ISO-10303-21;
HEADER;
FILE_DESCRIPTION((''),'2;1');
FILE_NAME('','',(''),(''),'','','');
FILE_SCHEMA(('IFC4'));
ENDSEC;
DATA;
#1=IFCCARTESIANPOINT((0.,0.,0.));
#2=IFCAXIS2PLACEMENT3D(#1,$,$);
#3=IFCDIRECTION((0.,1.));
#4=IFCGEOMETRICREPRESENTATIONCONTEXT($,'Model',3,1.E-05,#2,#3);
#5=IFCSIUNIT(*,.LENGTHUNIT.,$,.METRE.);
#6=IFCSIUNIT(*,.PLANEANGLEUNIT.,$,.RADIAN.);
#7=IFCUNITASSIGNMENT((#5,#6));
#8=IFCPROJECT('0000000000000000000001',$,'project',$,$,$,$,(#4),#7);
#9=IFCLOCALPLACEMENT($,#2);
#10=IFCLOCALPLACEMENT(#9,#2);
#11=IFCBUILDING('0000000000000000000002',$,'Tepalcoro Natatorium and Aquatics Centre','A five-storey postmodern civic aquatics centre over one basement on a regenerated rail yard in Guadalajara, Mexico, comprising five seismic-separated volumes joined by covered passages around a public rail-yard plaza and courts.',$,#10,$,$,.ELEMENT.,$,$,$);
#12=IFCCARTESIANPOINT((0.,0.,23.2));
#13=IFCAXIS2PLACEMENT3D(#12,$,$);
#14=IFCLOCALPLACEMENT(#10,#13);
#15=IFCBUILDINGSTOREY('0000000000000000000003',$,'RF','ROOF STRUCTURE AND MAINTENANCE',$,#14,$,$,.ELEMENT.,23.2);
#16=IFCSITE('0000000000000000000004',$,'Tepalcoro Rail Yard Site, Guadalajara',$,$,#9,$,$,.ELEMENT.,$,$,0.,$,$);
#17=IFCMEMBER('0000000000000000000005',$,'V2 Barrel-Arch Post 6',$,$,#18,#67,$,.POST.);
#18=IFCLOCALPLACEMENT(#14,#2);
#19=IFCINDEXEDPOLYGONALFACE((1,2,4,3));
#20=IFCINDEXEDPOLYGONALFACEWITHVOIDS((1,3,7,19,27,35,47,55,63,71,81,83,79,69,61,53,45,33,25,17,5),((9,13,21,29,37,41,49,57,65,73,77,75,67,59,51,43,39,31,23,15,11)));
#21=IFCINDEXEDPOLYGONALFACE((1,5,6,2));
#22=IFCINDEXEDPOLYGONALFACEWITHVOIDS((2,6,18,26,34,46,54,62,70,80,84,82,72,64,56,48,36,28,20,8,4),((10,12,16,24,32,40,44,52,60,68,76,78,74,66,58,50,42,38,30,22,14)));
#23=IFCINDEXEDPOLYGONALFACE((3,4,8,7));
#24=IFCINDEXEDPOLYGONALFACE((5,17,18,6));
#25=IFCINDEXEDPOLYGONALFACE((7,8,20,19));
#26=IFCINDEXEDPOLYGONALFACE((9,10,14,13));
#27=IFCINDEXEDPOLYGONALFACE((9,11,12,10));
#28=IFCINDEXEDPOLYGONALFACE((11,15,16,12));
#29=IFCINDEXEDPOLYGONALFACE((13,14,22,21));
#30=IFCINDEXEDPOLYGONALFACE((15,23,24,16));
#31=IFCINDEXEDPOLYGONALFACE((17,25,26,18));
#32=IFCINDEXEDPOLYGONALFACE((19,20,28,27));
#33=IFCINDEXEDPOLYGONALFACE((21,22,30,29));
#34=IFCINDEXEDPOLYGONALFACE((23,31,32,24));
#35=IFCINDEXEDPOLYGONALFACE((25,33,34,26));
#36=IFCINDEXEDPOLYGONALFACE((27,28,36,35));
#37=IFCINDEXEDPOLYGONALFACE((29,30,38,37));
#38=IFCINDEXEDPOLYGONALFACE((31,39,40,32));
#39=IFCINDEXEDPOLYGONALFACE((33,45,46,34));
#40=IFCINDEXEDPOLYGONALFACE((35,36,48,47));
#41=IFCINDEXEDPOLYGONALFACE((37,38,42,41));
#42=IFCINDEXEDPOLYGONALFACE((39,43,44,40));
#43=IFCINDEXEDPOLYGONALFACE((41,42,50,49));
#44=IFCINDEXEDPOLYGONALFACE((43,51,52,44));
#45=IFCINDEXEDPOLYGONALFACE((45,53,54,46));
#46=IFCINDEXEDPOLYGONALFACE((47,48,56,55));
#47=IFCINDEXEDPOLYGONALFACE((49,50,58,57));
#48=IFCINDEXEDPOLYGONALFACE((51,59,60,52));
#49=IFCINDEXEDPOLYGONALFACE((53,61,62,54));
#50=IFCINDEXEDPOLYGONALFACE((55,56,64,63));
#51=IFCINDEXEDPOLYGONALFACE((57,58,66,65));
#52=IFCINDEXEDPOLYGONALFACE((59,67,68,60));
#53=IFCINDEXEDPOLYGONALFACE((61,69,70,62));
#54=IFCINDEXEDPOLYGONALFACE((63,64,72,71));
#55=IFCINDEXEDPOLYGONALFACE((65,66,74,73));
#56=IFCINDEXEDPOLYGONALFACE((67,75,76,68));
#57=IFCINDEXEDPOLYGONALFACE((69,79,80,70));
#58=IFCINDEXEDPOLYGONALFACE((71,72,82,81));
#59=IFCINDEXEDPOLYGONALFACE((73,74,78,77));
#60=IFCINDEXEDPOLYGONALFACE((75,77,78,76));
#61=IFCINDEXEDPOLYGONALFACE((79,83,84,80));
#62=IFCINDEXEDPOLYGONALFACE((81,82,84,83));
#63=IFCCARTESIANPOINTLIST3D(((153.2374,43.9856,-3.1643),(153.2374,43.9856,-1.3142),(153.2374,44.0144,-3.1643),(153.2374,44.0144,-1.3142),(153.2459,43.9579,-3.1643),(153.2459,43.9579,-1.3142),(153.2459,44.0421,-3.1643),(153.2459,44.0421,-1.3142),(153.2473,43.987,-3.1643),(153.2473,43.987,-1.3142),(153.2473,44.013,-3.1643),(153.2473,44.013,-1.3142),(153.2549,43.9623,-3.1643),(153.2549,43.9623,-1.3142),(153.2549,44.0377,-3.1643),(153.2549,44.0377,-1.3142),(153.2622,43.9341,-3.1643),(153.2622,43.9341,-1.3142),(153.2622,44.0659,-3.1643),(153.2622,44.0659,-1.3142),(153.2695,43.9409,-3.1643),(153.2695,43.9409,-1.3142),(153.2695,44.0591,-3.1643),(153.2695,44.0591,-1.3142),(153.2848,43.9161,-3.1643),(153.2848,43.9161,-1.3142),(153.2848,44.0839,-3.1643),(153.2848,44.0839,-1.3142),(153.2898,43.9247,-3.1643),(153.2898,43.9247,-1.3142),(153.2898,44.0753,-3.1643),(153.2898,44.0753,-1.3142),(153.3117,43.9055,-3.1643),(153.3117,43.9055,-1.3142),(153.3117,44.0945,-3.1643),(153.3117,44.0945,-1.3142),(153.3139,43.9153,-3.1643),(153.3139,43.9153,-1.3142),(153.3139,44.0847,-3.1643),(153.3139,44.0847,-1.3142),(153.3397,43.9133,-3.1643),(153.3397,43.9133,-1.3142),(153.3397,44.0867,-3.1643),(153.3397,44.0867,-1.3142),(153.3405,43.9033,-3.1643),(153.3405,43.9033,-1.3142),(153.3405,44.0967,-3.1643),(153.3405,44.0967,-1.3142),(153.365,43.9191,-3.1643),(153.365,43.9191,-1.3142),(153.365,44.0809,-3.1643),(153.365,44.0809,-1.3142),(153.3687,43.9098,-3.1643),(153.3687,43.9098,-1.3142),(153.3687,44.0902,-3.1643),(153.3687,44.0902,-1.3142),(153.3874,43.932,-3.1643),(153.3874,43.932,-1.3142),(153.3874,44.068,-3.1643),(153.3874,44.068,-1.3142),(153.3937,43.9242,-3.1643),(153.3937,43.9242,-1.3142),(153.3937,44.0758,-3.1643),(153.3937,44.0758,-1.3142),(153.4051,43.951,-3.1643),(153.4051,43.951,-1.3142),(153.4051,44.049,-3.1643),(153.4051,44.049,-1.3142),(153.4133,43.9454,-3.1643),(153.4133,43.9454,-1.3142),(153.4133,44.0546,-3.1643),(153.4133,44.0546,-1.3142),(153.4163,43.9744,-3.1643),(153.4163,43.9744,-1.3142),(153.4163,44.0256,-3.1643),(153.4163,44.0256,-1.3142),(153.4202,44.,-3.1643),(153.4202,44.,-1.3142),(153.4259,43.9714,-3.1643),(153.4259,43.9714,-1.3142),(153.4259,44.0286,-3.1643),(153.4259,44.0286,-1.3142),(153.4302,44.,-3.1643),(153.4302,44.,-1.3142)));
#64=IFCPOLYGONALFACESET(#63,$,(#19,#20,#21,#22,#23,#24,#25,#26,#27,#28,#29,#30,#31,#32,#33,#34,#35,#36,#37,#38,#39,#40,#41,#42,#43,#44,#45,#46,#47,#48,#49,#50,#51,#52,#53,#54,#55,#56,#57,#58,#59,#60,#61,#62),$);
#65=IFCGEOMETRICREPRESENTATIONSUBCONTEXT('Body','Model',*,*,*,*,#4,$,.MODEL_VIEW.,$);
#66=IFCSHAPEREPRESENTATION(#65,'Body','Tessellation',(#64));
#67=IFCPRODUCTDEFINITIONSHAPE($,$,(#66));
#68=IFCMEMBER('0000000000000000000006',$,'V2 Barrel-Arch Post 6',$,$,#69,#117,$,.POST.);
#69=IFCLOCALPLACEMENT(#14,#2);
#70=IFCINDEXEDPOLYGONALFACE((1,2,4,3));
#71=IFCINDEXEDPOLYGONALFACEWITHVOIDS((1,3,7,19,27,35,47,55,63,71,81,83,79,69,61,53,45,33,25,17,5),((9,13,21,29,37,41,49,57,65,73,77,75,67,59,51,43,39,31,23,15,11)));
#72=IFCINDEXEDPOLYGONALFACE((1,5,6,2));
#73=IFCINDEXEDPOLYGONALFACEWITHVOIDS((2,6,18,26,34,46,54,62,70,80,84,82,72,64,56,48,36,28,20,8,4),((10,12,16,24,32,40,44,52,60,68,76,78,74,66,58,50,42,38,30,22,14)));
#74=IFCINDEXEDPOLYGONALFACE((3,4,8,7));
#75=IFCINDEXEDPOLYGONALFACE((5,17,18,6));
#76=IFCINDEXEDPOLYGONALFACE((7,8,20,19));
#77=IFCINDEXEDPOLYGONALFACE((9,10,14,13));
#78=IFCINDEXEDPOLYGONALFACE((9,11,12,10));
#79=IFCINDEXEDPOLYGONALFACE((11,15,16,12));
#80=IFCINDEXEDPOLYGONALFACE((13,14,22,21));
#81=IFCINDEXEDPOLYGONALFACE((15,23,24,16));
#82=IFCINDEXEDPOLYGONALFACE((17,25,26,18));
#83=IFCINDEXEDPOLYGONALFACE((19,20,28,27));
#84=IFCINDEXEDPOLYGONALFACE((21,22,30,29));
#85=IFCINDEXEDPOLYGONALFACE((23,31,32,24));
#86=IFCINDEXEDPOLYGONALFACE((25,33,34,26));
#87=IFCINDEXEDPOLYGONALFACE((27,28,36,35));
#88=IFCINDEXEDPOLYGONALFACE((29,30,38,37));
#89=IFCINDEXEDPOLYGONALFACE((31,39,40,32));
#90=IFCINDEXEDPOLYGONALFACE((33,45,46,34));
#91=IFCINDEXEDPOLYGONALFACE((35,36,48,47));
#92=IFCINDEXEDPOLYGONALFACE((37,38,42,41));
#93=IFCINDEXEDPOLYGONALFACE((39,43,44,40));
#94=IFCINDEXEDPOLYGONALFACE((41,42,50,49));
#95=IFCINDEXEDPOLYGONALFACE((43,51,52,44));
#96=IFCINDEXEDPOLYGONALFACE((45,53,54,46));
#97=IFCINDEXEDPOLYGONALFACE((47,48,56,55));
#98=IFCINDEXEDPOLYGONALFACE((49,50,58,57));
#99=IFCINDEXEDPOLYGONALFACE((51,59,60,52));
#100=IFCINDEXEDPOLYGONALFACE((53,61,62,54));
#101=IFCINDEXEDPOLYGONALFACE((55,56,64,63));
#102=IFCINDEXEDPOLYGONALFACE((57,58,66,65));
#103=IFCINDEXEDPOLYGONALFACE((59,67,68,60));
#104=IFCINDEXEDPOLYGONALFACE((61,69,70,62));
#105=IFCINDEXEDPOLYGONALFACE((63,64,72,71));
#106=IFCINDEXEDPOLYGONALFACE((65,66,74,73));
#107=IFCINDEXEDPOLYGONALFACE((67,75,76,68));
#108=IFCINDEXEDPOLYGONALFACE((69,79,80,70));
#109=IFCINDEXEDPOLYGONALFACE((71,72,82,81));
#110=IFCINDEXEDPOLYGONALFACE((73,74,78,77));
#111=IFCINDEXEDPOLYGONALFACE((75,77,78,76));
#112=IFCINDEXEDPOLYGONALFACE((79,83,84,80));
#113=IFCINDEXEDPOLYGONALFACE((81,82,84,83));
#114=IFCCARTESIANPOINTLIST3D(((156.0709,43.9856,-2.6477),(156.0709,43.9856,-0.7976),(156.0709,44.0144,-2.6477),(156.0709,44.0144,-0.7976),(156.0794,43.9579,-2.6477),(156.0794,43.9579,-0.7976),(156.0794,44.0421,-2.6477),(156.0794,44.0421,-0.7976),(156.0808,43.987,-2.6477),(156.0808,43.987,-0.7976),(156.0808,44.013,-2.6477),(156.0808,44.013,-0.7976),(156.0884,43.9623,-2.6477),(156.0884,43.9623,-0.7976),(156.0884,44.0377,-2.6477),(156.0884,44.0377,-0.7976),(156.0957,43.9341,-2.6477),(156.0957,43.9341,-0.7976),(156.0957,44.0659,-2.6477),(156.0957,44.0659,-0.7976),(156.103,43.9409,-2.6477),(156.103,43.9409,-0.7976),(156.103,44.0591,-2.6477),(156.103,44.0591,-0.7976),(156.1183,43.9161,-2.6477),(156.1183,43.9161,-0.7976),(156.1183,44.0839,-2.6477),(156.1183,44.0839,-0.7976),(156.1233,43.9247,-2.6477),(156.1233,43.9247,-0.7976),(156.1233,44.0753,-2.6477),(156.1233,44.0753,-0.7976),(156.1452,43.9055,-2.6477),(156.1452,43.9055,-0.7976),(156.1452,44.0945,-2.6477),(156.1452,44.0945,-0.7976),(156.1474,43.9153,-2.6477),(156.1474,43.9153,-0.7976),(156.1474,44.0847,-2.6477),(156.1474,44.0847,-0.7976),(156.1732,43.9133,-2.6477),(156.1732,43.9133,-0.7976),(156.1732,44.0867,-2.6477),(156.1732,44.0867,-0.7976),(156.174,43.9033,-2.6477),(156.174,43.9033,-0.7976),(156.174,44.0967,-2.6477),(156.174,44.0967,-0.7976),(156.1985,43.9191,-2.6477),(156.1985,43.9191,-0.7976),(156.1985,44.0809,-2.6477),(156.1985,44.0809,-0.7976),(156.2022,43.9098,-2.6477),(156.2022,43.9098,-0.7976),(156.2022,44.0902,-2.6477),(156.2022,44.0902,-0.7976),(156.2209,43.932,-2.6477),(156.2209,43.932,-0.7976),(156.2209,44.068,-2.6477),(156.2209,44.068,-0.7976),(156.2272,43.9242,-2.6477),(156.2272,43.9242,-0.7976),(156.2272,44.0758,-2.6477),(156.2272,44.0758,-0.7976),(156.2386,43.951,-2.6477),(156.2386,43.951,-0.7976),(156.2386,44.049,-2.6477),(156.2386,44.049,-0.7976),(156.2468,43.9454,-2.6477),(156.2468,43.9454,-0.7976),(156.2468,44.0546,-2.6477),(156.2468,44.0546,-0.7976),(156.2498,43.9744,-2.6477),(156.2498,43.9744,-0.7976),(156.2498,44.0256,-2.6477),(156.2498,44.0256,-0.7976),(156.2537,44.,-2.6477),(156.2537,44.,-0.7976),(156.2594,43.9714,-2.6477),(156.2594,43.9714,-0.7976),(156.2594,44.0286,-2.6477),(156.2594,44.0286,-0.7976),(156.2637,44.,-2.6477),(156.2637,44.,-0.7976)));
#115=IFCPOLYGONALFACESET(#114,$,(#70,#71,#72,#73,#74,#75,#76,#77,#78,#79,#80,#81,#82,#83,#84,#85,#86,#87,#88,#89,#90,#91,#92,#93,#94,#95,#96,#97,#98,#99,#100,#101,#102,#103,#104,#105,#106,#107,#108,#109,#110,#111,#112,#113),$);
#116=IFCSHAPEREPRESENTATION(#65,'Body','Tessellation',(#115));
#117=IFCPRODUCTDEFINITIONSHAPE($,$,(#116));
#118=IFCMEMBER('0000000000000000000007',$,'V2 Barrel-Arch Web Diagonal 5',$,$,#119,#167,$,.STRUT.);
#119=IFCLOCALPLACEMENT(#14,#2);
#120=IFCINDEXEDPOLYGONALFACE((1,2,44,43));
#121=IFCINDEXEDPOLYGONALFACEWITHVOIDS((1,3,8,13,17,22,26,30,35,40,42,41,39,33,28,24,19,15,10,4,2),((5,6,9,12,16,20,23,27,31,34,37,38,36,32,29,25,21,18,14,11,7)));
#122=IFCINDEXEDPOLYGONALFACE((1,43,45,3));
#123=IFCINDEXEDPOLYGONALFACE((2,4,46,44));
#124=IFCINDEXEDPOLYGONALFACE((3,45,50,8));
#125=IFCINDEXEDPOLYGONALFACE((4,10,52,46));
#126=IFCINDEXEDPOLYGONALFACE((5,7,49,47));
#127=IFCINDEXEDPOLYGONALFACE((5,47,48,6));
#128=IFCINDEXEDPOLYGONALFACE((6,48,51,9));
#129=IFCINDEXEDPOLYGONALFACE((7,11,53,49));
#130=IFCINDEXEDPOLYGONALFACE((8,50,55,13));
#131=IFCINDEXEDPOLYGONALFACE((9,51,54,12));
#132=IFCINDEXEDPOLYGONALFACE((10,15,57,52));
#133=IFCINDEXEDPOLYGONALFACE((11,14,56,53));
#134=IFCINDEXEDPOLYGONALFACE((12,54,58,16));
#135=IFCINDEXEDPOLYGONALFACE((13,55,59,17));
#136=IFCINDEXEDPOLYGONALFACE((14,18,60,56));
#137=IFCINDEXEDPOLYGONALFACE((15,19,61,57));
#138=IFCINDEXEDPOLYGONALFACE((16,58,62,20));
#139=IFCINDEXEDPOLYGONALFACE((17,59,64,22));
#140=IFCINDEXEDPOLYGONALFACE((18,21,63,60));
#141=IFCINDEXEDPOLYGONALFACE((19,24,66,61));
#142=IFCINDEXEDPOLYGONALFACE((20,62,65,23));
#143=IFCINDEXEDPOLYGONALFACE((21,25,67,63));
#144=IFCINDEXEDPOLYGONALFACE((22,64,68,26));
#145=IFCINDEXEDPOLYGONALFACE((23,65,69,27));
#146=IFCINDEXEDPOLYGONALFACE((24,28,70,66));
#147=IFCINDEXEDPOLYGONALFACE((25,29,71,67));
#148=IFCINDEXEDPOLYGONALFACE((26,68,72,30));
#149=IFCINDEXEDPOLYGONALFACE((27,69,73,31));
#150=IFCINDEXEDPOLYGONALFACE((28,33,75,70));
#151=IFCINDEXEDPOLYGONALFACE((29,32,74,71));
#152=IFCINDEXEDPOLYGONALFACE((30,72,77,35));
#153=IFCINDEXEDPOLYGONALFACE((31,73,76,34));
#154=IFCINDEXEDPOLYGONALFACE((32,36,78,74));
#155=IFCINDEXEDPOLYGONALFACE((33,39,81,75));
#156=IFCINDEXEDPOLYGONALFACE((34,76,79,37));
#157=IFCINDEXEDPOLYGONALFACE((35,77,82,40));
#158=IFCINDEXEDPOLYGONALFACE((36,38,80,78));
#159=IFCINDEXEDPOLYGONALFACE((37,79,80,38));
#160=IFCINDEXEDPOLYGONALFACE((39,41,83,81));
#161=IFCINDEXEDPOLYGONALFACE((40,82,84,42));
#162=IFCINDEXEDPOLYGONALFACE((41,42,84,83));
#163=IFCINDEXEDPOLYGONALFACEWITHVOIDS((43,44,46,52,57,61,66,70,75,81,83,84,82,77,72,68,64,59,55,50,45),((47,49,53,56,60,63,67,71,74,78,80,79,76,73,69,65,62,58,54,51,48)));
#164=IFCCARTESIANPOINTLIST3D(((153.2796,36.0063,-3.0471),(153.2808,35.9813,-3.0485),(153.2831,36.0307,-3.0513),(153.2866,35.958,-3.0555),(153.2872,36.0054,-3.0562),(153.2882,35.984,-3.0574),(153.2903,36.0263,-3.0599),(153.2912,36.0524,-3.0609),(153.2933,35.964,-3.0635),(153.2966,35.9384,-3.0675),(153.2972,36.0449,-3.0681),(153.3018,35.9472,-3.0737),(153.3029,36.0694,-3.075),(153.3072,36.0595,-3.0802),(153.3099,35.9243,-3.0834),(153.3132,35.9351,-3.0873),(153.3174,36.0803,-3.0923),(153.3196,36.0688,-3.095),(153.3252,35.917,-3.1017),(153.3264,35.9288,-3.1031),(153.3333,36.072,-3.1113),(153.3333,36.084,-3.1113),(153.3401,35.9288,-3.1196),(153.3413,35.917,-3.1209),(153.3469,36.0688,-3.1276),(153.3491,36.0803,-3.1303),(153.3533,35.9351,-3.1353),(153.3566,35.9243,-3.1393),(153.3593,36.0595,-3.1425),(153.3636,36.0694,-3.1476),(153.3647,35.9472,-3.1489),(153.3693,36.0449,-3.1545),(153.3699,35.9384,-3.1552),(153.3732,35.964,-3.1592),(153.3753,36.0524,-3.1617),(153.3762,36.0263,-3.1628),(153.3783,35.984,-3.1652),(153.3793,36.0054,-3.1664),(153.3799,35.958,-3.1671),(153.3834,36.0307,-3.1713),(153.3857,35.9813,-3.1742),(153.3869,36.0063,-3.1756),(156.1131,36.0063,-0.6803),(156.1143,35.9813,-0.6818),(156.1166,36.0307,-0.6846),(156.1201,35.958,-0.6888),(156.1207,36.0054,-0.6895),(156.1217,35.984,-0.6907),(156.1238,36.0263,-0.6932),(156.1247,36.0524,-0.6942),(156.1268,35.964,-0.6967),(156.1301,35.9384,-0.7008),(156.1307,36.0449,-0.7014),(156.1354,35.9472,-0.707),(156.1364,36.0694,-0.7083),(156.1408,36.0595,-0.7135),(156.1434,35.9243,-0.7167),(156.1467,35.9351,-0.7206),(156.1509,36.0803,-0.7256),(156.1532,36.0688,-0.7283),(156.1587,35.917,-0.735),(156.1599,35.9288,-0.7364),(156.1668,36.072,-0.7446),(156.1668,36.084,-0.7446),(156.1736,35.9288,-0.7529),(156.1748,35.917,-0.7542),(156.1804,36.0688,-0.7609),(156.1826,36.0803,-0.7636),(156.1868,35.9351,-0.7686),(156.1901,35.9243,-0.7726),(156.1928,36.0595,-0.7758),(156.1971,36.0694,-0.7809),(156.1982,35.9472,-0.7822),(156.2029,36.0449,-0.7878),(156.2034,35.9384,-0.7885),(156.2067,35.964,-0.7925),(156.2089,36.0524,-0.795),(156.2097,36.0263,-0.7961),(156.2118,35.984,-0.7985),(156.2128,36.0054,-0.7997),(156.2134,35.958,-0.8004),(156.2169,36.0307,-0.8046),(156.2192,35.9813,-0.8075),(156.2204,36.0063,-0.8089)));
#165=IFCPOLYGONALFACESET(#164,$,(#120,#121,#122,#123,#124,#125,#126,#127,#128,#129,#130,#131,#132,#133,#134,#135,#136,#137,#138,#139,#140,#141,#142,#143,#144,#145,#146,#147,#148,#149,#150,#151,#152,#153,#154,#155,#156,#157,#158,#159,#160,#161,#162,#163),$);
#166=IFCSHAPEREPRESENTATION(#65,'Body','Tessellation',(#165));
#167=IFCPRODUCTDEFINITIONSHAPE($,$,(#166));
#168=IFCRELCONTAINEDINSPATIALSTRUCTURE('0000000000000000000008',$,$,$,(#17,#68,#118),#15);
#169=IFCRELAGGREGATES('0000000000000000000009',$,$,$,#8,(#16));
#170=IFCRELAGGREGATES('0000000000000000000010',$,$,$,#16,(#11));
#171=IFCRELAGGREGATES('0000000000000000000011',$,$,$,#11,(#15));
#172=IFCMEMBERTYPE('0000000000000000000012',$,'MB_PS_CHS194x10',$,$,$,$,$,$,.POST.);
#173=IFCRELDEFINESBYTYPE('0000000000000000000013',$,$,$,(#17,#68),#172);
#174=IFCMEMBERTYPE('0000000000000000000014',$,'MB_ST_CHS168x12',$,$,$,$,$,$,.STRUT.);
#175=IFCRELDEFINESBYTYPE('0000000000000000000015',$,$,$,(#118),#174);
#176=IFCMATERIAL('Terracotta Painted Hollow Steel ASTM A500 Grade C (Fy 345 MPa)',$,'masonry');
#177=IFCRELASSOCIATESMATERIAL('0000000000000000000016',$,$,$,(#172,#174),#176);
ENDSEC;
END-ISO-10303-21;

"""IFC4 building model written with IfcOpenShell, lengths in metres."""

from ifc_helpers import new_model, si_unit, direction, frame, origin, origin_2d, place, context, subcontext, project, spatial, hollow_circle, extrude, material, material_profile, profile_set, type_object, element, save


model = new_model("IFC4")

# Units and contexts
model_context = context("Model", 3, precision=1e-05, world=origin(), true_north=direction((0.0, 1.0)))
body_context = subcontext(model_context, "Body", "Model", "MODEL_VIEW")
ifc_project = project(units=[si_unit("LENGTHUNIT", "METRE"), si_unit("PLANEANGLEUNIT", "RADIAN")], contexts=[model_context])

# Site, building, storey
site_placement = place(None, origin())
site = spatial("IfcSite", under=ifc_project, at=site_placement, Name="Tepalcoro Rail Yard Site, Guadalajara", CompositionType="ELEMENT", RefElevation=0.0)
building_placement = place(site_placement, origin())
building = spatial("IfcBuilding", under=site, at=building_placement, Name="Tepalcoro Natatorium and Aquatics Centre", Description="A five-storey postmodern civic aquatics centre over one basement on a regenerated rail yard in Guadalajara, Mexico, comprising five seismic-separated volumes joined by covered passages around a public rail-yard plaza and courts.", CompositionType="ELEMENT")
storey_placement = place(building_placement, frame((0.0, 0.0, 23.2)))
storey = spatial("IfcBuildingStorey", under=building, at=storey_placement, Name="RF", Description="ROOF STRUCTURE AND MAINTENANCE", CompositionType="ELEMENT", Elevation=23.2)

# Shared definitions
ifc_material_1 = material(Name="Terracotta Painted Hollow Steel ASTM A500 Grade C (Fy 345 MPa)", Category="masonry")

# Members
ifc_material_profile_1 = material_profile(ifc_material_1, hollow_circle(Radius=0.0969, WallThickness=0.01, at=origin_2d()), Name="CHS194X10")
ifc_profile_set_1 = profile_set([ifc_material_profile_1], Name="Terracotta Painted Hollow Steel ASTM A500 Grade C (Fy 345 MPa)")
member_type_1 = type_object("IfcMemberType", Name="MB_PS_CHS194x10", PredefinedType="POST", material=ifc_profile_set_1)
for number, where, z_axis, x_axis, name in (
    (1, (153.3333, 44.0, -3.1643), (0.0, 0.0, 1.0), (1.0, 0.0, 0.0), "V2 Barrel-Arch Post 6"),
    (2, (156.1667, 44.0, -2.6477), (0.0, 0.0, 1.0), (1.0, 0.0, 0.0), "V2 Barrel-Arch Post 6"),
):
    element("IfcMember", number, at=place(storey_placement, frame(where, z_axis=z_axis, x_axis=x_axis)), inside=storey, type_object=member_type_1, Name=name, PredefinedType="POST", context=body_context, shape_type="SweptSolid", body=[
        extrude(hollow_circle(Radius=0.0969, WallThickness=0.01, at=origin_2d()), origin(), (0.0, 0.0, 1.0), 1.8501),
    ])
ifc_material_profile_2 = material_profile(ifc_material_1, hollow_circle(Radius=0.084, WallThickness=0.012, at=origin_2d()), Name="CHS168X12")
ifc_profile_set_2 = profile_set([ifc_material_profile_2], Name="Terracotta Painted Hollow Steel ASTM A500 Grade C (Fy 345 MPa)")
member_type_2 = type_object("IfcMemberType", Name="MB_ST_CHS168x12", PredefinedType="STRUT", material=ifc_profile_set_2)
member_1_placement = place(storey_placement, frame((153.3333, 36.0, -3.1113), z_axis=(0.767494, 0.0, 0.641056), x_axis=(0.0, 1.0, 0.0)))
element("IfcMember", 3, at=member_1_placement, inside=storey, type_object=member_type_2, Name="V2 Barrel-Arch Web Diagonal 5", PredefinedType="STRUT", context=body_context, shape_type="SweptSolid", body=[
    extrude(hollow_circle(Radius=0.084, WallThickness=0.012, at=origin_2d()), origin(), (0.0, 0.0, 1.0), 3.6919),
])

save(model, "model.ifc")
